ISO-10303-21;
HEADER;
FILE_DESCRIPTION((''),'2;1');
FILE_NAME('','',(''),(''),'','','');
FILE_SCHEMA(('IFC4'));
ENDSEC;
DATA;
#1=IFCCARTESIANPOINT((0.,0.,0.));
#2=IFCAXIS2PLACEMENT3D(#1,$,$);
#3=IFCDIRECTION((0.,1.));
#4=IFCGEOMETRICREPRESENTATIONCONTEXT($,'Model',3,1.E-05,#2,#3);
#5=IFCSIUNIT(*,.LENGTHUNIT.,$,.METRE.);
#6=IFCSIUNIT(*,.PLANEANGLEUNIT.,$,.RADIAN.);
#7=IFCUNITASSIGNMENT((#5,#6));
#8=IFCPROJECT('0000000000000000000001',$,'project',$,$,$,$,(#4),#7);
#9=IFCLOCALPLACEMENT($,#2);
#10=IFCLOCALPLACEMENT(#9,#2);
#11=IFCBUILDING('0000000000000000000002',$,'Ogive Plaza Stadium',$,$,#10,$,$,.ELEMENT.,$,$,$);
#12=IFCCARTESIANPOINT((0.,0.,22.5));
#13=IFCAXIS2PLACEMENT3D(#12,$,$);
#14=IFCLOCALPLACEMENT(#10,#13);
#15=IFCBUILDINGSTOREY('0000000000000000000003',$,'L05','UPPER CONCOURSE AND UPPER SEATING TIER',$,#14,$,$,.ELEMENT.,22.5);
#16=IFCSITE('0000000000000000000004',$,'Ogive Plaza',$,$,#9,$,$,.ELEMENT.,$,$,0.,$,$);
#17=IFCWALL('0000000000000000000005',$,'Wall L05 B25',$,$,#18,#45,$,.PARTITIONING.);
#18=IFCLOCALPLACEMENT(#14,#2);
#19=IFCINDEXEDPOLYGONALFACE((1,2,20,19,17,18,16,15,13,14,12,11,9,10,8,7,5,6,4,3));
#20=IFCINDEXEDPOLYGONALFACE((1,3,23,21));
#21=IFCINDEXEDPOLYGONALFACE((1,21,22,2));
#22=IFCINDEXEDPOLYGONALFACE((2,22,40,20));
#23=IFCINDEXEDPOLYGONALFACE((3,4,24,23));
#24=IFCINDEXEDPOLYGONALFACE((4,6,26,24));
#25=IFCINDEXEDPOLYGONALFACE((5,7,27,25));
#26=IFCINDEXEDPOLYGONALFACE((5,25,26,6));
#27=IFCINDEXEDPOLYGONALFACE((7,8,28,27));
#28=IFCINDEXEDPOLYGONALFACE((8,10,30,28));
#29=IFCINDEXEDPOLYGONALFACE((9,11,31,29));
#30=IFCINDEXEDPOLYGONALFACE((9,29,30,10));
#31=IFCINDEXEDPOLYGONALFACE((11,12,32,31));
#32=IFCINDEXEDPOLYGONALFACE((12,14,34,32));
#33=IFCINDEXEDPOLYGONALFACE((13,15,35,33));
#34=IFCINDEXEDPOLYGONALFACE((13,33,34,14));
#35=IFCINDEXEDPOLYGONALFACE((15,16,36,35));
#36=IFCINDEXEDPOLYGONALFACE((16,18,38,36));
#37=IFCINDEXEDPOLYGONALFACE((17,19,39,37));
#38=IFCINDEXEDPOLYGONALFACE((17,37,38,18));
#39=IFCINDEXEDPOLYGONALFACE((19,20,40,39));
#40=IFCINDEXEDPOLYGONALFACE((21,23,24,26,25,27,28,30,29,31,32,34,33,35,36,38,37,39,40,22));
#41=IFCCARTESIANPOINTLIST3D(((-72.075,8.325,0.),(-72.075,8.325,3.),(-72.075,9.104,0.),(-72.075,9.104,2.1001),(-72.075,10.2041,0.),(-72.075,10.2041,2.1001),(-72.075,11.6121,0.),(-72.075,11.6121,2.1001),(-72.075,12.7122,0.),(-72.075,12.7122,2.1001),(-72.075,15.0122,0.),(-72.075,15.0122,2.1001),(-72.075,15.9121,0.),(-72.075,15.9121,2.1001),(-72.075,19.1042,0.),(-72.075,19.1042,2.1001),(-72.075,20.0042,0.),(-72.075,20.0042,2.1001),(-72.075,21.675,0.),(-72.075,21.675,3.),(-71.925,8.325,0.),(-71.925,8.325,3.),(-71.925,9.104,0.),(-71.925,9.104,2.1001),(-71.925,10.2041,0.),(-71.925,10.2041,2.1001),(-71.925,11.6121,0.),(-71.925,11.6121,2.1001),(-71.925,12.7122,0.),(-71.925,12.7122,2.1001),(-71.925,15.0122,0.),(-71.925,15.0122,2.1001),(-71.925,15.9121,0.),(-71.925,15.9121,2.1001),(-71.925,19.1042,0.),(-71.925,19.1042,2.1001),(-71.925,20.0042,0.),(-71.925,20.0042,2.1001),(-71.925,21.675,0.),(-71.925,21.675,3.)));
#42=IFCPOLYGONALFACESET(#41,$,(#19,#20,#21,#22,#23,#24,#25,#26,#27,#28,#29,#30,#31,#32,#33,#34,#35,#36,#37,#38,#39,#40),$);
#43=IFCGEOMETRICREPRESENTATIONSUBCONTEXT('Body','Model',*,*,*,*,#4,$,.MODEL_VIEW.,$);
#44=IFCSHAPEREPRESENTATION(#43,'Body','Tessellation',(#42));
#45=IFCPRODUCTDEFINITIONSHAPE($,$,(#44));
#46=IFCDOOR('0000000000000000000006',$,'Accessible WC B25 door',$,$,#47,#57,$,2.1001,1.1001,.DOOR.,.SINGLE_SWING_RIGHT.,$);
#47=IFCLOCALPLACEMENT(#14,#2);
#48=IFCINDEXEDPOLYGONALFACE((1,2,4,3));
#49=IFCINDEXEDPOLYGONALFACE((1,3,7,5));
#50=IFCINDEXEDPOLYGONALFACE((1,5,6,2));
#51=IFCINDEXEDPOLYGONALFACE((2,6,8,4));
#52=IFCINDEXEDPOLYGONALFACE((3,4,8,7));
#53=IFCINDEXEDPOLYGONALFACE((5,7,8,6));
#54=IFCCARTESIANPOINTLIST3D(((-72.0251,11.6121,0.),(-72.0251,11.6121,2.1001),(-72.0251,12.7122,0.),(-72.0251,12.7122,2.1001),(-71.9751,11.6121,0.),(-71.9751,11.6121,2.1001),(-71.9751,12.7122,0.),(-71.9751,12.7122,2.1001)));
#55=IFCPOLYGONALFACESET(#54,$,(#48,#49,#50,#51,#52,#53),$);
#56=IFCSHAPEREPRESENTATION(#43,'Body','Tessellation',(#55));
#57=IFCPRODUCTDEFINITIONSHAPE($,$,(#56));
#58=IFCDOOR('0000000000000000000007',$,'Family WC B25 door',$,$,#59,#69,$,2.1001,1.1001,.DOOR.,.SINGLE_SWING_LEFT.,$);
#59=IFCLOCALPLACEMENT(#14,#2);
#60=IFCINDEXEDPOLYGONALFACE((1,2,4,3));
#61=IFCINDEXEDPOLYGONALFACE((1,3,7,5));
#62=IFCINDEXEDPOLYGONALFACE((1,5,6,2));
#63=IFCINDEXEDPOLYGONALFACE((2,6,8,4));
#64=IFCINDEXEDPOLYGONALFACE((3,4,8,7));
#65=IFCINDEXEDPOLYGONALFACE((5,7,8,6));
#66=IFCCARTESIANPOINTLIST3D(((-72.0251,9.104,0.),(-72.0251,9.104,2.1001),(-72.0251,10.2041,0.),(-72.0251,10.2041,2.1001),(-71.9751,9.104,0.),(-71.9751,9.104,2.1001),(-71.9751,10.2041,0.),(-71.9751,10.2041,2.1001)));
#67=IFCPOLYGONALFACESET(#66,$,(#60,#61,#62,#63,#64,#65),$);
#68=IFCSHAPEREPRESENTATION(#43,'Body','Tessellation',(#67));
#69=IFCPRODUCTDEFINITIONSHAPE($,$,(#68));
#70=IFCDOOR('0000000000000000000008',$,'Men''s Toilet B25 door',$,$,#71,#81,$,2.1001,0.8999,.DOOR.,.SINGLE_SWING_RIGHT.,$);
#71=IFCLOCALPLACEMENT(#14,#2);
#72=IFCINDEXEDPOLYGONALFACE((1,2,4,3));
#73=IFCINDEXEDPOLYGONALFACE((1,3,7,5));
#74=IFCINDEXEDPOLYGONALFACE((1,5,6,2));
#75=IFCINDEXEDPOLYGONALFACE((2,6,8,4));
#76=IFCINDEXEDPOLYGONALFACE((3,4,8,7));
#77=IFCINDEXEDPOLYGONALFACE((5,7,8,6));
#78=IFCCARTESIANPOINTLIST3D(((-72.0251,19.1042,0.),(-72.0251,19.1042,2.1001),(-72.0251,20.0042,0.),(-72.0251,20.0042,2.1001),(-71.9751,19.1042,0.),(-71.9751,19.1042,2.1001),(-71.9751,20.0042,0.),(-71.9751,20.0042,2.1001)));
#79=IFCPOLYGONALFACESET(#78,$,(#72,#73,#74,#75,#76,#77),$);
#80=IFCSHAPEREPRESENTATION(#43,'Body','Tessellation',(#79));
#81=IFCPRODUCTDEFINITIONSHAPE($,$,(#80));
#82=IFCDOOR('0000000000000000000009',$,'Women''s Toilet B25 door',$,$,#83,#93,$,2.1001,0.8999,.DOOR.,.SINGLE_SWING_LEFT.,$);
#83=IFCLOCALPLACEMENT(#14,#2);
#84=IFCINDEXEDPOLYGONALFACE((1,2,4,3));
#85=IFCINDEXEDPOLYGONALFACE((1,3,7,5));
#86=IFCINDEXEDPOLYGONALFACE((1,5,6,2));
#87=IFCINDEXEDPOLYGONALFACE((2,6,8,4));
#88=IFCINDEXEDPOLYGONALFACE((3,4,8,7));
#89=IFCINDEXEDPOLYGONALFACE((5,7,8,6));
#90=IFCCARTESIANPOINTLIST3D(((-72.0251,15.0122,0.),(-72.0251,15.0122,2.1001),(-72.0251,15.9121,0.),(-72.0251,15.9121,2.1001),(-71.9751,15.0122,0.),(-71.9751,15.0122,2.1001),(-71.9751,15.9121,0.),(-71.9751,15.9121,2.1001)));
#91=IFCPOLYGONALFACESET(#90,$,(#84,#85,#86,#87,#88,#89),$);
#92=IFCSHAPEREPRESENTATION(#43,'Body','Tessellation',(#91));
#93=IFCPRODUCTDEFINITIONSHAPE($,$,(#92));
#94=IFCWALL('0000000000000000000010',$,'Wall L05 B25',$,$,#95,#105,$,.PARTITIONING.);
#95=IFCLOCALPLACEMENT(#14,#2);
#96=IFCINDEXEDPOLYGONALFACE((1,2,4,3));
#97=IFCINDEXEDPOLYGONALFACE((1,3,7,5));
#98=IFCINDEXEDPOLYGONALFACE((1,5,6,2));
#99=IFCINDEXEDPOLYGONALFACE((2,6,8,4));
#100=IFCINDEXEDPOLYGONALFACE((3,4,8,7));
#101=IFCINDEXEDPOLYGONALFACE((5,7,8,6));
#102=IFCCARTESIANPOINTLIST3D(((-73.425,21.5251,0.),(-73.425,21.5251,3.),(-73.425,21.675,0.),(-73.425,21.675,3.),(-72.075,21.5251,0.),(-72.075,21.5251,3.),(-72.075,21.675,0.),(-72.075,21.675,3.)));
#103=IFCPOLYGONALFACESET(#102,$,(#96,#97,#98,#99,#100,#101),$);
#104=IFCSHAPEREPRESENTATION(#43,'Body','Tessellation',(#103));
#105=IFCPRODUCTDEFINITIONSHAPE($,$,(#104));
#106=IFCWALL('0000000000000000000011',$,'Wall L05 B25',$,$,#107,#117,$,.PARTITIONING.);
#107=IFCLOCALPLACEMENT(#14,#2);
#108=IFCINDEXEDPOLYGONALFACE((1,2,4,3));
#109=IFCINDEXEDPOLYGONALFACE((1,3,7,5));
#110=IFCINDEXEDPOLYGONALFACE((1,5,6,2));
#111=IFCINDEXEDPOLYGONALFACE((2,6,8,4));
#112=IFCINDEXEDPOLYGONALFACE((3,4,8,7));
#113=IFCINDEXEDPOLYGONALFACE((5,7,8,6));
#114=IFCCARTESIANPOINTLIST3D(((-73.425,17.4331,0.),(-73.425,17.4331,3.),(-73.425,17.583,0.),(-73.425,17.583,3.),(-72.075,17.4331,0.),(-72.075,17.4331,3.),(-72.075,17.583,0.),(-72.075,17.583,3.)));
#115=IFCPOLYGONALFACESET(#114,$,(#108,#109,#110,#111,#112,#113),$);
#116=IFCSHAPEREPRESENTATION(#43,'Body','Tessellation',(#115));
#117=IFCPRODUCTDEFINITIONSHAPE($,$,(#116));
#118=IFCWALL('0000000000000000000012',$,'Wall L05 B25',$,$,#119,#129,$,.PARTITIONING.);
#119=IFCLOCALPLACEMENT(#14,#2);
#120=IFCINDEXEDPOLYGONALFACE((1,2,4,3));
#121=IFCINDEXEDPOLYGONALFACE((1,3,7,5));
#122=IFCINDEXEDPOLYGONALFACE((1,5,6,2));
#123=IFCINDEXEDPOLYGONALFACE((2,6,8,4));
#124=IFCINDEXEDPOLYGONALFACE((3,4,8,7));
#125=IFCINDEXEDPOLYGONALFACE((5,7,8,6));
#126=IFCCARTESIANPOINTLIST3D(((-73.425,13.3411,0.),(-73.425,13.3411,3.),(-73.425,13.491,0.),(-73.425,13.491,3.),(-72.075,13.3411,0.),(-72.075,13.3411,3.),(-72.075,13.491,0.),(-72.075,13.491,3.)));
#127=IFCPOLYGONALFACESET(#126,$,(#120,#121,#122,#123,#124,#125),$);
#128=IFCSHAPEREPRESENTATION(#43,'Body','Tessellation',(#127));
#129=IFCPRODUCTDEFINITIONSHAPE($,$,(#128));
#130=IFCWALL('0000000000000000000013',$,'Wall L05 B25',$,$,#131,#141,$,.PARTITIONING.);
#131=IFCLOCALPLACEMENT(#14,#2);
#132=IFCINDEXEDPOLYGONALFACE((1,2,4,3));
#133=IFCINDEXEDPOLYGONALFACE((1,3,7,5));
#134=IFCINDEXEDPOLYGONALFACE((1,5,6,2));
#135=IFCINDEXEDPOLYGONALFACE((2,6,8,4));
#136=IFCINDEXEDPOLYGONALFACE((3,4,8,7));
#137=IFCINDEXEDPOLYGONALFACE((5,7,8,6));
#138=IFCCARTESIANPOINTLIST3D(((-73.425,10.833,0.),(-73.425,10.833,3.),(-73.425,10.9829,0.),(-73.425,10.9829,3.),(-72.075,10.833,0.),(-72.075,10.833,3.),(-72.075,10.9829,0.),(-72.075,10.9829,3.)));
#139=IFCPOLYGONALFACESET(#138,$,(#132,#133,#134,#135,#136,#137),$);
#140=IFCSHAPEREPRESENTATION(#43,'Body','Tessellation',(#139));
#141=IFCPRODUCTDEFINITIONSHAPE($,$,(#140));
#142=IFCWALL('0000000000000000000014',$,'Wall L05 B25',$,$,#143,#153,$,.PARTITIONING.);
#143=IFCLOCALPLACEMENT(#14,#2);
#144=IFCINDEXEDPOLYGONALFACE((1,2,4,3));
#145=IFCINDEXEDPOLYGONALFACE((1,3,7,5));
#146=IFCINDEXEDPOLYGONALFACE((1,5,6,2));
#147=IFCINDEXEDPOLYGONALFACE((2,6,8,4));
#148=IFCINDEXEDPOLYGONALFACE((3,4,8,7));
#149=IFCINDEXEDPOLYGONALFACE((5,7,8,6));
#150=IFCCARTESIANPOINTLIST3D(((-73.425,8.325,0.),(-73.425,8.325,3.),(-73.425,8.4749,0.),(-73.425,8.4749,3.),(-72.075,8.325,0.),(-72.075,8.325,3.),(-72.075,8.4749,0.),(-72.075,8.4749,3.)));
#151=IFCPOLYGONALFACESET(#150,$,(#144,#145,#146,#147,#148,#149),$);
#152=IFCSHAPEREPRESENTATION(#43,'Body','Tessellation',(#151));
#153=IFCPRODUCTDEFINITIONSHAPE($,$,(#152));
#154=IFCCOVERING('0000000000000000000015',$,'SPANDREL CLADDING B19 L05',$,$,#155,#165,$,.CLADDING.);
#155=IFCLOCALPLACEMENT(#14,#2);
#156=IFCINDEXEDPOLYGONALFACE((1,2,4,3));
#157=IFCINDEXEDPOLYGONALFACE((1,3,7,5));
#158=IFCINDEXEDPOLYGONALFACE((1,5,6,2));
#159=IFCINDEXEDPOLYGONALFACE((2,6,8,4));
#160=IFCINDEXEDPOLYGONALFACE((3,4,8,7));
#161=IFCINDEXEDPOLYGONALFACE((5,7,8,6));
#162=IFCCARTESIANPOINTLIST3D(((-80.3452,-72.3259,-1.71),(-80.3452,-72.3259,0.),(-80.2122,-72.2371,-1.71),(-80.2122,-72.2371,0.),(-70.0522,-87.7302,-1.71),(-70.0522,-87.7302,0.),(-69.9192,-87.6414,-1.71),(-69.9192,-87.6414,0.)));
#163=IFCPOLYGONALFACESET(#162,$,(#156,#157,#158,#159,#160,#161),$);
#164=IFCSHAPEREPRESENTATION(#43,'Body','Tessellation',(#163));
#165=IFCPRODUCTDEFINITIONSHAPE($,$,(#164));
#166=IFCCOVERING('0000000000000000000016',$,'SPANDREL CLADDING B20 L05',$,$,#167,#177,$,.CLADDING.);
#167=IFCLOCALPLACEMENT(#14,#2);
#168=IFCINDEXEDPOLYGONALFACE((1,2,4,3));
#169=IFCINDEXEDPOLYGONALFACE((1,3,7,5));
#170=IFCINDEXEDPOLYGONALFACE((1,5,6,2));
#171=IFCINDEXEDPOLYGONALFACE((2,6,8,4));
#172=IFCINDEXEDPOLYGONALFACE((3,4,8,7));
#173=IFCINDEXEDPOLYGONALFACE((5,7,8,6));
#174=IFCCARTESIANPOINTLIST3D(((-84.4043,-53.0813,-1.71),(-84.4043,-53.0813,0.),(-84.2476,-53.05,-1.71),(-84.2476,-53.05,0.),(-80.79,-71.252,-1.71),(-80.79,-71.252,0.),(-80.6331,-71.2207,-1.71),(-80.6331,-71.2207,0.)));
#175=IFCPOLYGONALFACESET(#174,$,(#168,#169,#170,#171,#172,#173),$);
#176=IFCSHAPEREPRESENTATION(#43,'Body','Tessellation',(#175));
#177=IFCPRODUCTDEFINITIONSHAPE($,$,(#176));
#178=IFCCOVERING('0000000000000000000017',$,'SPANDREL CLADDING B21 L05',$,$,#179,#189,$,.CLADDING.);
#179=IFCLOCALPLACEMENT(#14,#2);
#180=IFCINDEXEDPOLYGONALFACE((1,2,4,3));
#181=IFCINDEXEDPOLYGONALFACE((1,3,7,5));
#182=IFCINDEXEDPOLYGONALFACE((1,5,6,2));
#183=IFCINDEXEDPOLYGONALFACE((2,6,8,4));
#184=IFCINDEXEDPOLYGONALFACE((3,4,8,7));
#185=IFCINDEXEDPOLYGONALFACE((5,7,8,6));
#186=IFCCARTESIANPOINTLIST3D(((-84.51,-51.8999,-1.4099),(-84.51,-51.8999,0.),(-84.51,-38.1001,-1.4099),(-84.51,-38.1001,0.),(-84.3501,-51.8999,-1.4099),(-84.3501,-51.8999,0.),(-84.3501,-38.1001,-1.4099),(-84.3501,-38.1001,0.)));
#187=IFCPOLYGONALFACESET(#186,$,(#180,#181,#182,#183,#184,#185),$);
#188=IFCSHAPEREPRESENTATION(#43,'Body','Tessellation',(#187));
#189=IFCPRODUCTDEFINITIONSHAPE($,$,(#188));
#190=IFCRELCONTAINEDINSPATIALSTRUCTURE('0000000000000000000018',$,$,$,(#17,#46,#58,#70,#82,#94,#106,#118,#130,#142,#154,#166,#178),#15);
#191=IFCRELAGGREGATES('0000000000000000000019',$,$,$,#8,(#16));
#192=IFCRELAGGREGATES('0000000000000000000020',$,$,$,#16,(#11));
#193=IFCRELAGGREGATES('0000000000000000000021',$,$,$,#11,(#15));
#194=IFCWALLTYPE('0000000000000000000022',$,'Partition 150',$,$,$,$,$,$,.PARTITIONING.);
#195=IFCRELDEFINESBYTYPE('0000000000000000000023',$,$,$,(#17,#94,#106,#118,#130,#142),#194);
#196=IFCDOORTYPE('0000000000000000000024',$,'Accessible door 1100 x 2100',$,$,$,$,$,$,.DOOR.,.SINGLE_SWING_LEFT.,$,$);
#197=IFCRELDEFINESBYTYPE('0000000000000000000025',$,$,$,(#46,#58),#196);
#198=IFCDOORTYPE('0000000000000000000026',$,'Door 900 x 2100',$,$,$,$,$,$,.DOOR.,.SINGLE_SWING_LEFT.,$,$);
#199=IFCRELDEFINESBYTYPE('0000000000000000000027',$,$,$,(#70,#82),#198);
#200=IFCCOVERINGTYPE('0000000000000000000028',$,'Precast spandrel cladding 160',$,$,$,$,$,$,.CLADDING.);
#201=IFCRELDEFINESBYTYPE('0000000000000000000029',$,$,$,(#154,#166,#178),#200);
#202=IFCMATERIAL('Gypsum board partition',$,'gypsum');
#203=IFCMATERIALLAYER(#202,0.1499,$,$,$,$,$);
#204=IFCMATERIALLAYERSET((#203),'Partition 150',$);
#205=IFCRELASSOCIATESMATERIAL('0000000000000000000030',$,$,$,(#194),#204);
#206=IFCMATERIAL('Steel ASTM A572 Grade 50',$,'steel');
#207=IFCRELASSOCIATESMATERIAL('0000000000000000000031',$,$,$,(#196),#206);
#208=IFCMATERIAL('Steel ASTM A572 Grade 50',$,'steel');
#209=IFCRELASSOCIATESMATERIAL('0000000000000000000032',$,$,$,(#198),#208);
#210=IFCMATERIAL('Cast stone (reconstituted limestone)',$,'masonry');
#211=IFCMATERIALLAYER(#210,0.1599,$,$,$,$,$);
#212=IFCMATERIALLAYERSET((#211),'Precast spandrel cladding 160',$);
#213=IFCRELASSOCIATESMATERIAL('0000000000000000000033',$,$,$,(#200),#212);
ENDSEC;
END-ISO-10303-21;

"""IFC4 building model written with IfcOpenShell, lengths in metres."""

from ifc_helpers import new_model, si_unit, direction, frame, frame_2d, origin, place, context, subcontext, project, spatial, polyline, rectangle, outline, extrude, material, layer, layer_set, type_object, element, fill, save


model = new_model("IFC4")

# Units and contexts
model_context = context("Model", 3, precision=1e-05, world=origin(), true_north=direction((0.0, 1.0)))
body_context = subcontext(model_context, "Body", "Model", "MODEL_VIEW")
ifc_project = project(units=[si_unit("LENGTHUNIT", "METRE"), si_unit("PLANEANGLEUNIT", "RADIAN")], contexts=[model_context])

# Site, building, storey
site_placement = place(None, origin())
site = spatial("IfcSite", under=ifc_project, at=site_placement, Name="Ogive Plaza", CompositionType="ELEMENT", RefElevation=0.0)
building_placement = place(site_placement, origin())
building = spatial("IfcBuilding", under=site, at=building_placement, Name="Ogive Plaza Stadium", CompositionType="ELEMENT")
storey_placement = place(building_placement, frame((0.0, 0.0, 22.5)))
storey = spatial("IfcBuildingStorey", under=building, at=storey_placement, Name="L05", Description="UPPER CONCOURSE AND UPPER SEATING TIER", CompositionType="ELEMENT", Elevation=22.5)

# Wall, openings, doors
ifc_material_1 = material(Name="Gypsum board partition", Category="gypsum")
ifc_layer_1 = layer(ifc_material_1, 0.1499)
ifc_layer_set_1 = layer_set([ifc_layer_1], Name="Partition 150")
wall_type_1 = type_object("IfcWallType", Name="Partition 150", PredefinedType="PARTITIONING", material=ifc_layer_set_1)
wall_1_placement = place(storey_placement, frame((-72.0, 21.675, 0.0), z_axis=(0.0, 0.0, 1.0), x_axis=(0.0, -1.0, 0.0)))
wall_1 = element("IfcWall", 1, at=wall_1_placement, inside=storey, type_object=wall_type_1, Name="Wall L05 B25", PredefinedType="PARTITIONING", context=body_context, shape_type="SweptSolid", body=[
    extrude(rectangle(XDim=13.3501, YDim=0.1499, at=frame_2d((6.675, 0.0))), origin(), (0.0, 0.0, 1.0), 3.0),
])
opening_1_placement = place(wall_1_placement, frame((1.6709, 0.0, 0.0)))
opening_1 = element("IfcOpeningElement", 2, at=opening_1_placement, cuts=wall_1, PredefinedType="OPENING", context=body_context, shape_type="SweptSolid", body=[
    extrude(rectangle(XDim=0.8999, YDim=2.1001, at=frame_2d((0.45, 1.05))), frame((0.0, 0.075, 0.0), z_axis=(0.0, -1.0, 0.0), x_axis=(1.0, 0.0, 0.0)), (0.0, 0.0, 1.0), 0.1499),
])
opening_2_placement = place(wall_1_placement, frame((5.7629, 0.0, 0.0)))
opening_2 = element("IfcOpeningElement", 3, at=opening_2_placement, cuts=wall_1, PredefinedType="OPENING", context=body_context, shape_type="SweptSolid", body=[
    extrude(rectangle(XDim=0.8999, YDim=2.1001, at=frame_2d((0.45, 1.05))), frame((0.0, 0.075, 0.0), z_axis=(0.0, -1.0, 0.0), x_axis=(1.0, 0.0, 0.0)), (0.0, 0.0, 1.0), 0.1499),
])
opening_3_placement = place(wall_1_placement, frame((8.9629, 0.0, 0.0)))
opening_3 = element("IfcOpeningElement", 4, at=opening_3_placement, cuts=wall_1, PredefinedType="OPENING", context=body_context, shape_type="SweptSolid", body=[
    extrude(rectangle(XDim=1.1001, YDim=2.1001, at=frame_2d((0.55, 1.05))), frame((0.0, 0.075, 0.0), z_axis=(0.0, -1.0, 0.0), x_axis=(1.0, 0.0, 0.0)), (0.0, 0.0, 1.0), 0.1499),
])
opening_4_placement = place(wall_1_placement, frame((11.4709, 0.0, 0.0)))
opening_4 = element("IfcOpeningElement", 5, at=opening_4_placement, cuts=wall_1, PredefinedType="OPENING", context=body_context, shape_type="SweptSolid", body=[
    extrude(rectangle(XDim=1.1001, YDim=2.1001, at=frame_2d((0.55, 1.05))), frame((0.0, 0.075, 0.0), z_axis=(0.0, -1.0, 0.0), x_axis=(1.0, 0.0, 0.0)), (0.0, 0.0, 1.0), 0.1499),
])
ifc_material_2 = material(Name="Steel ASTM A572 Grade 50", Category="steel")
door_type_1 = type_object("IfcDoorType", Name="Accessible door 1100 x 2100", OperationType="SINGLE_SWING_LEFT", PredefinedType="DOOR", material=ifc_material_2)
door_1_placement = place(opening_3_placement, origin())
door_1 = element("IfcDoor", 6, at=door_1_placement, inside=storey, type_object=door_type_1, Name="Accessible WC B25 door", OperationType="SINGLE_SWING_RIGHT", OverallHeight=2.1001, OverallWidth=1.1001, PredefinedType="DOOR", context=body_context, shape_type="SweptSolid", body=[
    extrude(rectangle(XDim=1.1001, YDim=2.1001, at=frame_2d((0.55, 1.05))), frame((0.0, 0.0249, 0.0), z_axis=(0.0, -1.0, 0.0), x_axis=(1.0, 0.0, 0.0)), (0.0, 0.0, 1.0), 0.05),
])
fill(opening_3, door_1)
door_2_placement = place(opening_4_placement, origin())
door_2 = element("IfcDoor", 7, at=door_2_placement, inside=storey, type_object=door_type_1, Name="Family WC B25 door", OperationType="SINGLE_SWING_LEFT", OverallHeight=2.1001, OverallWidth=1.1001, PredefinedType="DOOR", context=body_context, shape_type="SweptSolid", body=[
    extrude(rectangle(XDim=1.1001, YDim=2.1001, at=frame_2d((0.55, 1.05))), frame((0.0, 0.0249, 0.0), z_axis=(0.0, -1.0, 0.0), x_axis=(1.0, 0.0, 0.0)), (0.0, 0.0, 1.0), 0.05),
])
fill(opening_4, door_2)
ifc_material_3 = material(Name="Steel ASTM A572 Grade 50", Category="steel")
door_type_2 = type_object("IfcDoorType", Name="Door 900 x 2100", OperationType="SINGLE_SWING_LEFT", PredefinedType="DOOR", material=ifc_material_3)
door_3_placement = place(opening_1_placement, origin())
door_3 = element("IfcDoor", 8, at=door_3_placement, inside=storey, type_object=door_type_2, Name="Men's Toilet B25 door", OperationType="SINGLE_SWING_RIGHT", OverallHeight=2.1001, OverallWidth=0.8999, PredefinedType="DOOR", context=body_context, shape_type="SweptSolid", body=[
    extrude(rectangle(XDim=0.8999, YDim=2.1001, at=frame_2d((0.45, 1.05))), frame((0.0, 0.0249, 0.0), z_axis=(0.0, -1.0, 0.0), x_axis=(1.0, 0.0, 0.0)), (0.0, 0.0, 1.0), 0.05),
])
fill(opening_1, door_3)
door_4_placement = place(opening_2_placement, origin())
door_4 = element("IfcDoor", 9, at=door_4_placement, inside=storey, type_object=door_type_2, Name="Women's Toilet B25 door", OperationType="SINGLE_SWING_LEFT", OverallHeight=2.1001, OverallWidth=0.8999, PredefinedType="DOOR", context=body_context, shape_type="SweptSolid", body=[
    extrude(rectangle(XDim=0.8999, YDim=2.1001, at=frame_2d((0.45, 1.05))), frame((0.0, 0.0249, 0.0), z_axis=(0.0, -1.0, 0.0), x_axis=(1.0, 0.0, 0.0)), (0.0, 0.0, 1.0), 0.05),
])
fill(opening_2, door_4)

# Walls
for number, where, z_axis, x_axis, name in (
    (10, (-72.075, 21.6001, 0.0), (0.0, 0.0, 1.0), (-1.0, 0.0, 0.0), "Wall L05 B25"),
    (11, (-72.075, 17.5081, 0.0), (0.0, 0.0, 1.0), (-1.0, 0.0, 0.0), "Wall L05 B25"),
    (12, (-72.075, 13.416, 0.0), (0.0, 0.0, 1.0), (-1.0, 0.0, 0.0), "Wall L05 B25"),
    (13, (-72.075, 10.908, 0.0), (0.0, 0.0, 1.0), (-1.0, 0.0, 0.0), "Wall L05 B25"),
    (14, (-72.075, 8.3999, 0.0), (0.0, 0.0, 1.0), (-1.0, 0.0, 0.0), "Wall L05 B25"),
):
    element("IfcWall", number, at=place(storey_placement, frame(where, z_axis=z_axis, x_axis=x_axis)), inside=storey, type_object=wall_type_1, Name=name, PredefinedType="PARTITIONING", context=body_context, shape_type="SweptSolid", body=[
        extrude(rectangle(XDim=1.3501, YDim=0.1499, at=frame_2d((0.675, 0.0))), origin(), (0.0, 0.0, 1.0), 3.0),
    ])

# Coverings
ifc_material_4 = material(Name="Cast stone (reconstituted limestone)", Category="masonry")
ifc_layer_2 = layer(ifc_material_4, 0.1599)
ifc_layer_set_2 = layer_set([ifc_layer_2], Name="Precast spandrel cladding 160")
covering_type = type_object("IfcCoveringType", Name="Precast spandrel cladding 160", PredefinedType="CLADDING", material=ifc_layer_set_2)
covering_1_placement = place(storey_placement, frame((0.0, 0.0, -1.71)))
element("IfcCovering", 15, at=covering_1_placement, inside=storey, type_object=covering_type, Name="SPANDREL CLADDING B19 L05", PredefinedType="CLADDING", context=body_context, shape_type="SweptSolid", body=[
    extrude(outline(polyline([(-69.9192, -87.6414), (-80.2122, -72.2371), (-80.3452, -72.3259), (-70.0522, -87.7302), (-69.9192, -87.6414)])), origin(), (0.0, 0.0, 1.0), 1.71),
])
covering_2_placement = place(storey_placement, frame((0.0, 0.0, -1.71)))
element("IfcCovering", 16, at=covering_2_placement, inside=storey, type_object=covering_type, Name="SPANDREL CLADDING B20 L05", PredefinedType="CLADDING", context=body_context, shape_type="SweptSolid", body=[
    extrude(outline(polyline([(-80.6331, -71.2207), (-84.2476, -53.05), (-84.4043, -53.0813), (-80.79, -71.252), (-80.6331, -71.2207)])), origin(), (0.0, 0.0, 1.0), 1.71),
])
covering_3_placement = place(storey_placement, frame((0.0, 0.0, -1.4099)))
element("IfcCovering", 17, at=covering_3_placement, inside=storey, type_object=covering_type, Name="SPANDREL CLADDING B21 L05", PredefinedType="CLADDING", context=body_context, shape_type="SweptSolid", body=[
    extrude(outline(polyline([(-84.3501, -51.8999), (-84.3501, -38.1001), (-84.51, -38.1001), (-84.51, -51.8999), (-84.3501, -51.8999)])), origin(), (0.0, 0.0, 1.0), 1.4099),
])

save(model, "model.ifc")
